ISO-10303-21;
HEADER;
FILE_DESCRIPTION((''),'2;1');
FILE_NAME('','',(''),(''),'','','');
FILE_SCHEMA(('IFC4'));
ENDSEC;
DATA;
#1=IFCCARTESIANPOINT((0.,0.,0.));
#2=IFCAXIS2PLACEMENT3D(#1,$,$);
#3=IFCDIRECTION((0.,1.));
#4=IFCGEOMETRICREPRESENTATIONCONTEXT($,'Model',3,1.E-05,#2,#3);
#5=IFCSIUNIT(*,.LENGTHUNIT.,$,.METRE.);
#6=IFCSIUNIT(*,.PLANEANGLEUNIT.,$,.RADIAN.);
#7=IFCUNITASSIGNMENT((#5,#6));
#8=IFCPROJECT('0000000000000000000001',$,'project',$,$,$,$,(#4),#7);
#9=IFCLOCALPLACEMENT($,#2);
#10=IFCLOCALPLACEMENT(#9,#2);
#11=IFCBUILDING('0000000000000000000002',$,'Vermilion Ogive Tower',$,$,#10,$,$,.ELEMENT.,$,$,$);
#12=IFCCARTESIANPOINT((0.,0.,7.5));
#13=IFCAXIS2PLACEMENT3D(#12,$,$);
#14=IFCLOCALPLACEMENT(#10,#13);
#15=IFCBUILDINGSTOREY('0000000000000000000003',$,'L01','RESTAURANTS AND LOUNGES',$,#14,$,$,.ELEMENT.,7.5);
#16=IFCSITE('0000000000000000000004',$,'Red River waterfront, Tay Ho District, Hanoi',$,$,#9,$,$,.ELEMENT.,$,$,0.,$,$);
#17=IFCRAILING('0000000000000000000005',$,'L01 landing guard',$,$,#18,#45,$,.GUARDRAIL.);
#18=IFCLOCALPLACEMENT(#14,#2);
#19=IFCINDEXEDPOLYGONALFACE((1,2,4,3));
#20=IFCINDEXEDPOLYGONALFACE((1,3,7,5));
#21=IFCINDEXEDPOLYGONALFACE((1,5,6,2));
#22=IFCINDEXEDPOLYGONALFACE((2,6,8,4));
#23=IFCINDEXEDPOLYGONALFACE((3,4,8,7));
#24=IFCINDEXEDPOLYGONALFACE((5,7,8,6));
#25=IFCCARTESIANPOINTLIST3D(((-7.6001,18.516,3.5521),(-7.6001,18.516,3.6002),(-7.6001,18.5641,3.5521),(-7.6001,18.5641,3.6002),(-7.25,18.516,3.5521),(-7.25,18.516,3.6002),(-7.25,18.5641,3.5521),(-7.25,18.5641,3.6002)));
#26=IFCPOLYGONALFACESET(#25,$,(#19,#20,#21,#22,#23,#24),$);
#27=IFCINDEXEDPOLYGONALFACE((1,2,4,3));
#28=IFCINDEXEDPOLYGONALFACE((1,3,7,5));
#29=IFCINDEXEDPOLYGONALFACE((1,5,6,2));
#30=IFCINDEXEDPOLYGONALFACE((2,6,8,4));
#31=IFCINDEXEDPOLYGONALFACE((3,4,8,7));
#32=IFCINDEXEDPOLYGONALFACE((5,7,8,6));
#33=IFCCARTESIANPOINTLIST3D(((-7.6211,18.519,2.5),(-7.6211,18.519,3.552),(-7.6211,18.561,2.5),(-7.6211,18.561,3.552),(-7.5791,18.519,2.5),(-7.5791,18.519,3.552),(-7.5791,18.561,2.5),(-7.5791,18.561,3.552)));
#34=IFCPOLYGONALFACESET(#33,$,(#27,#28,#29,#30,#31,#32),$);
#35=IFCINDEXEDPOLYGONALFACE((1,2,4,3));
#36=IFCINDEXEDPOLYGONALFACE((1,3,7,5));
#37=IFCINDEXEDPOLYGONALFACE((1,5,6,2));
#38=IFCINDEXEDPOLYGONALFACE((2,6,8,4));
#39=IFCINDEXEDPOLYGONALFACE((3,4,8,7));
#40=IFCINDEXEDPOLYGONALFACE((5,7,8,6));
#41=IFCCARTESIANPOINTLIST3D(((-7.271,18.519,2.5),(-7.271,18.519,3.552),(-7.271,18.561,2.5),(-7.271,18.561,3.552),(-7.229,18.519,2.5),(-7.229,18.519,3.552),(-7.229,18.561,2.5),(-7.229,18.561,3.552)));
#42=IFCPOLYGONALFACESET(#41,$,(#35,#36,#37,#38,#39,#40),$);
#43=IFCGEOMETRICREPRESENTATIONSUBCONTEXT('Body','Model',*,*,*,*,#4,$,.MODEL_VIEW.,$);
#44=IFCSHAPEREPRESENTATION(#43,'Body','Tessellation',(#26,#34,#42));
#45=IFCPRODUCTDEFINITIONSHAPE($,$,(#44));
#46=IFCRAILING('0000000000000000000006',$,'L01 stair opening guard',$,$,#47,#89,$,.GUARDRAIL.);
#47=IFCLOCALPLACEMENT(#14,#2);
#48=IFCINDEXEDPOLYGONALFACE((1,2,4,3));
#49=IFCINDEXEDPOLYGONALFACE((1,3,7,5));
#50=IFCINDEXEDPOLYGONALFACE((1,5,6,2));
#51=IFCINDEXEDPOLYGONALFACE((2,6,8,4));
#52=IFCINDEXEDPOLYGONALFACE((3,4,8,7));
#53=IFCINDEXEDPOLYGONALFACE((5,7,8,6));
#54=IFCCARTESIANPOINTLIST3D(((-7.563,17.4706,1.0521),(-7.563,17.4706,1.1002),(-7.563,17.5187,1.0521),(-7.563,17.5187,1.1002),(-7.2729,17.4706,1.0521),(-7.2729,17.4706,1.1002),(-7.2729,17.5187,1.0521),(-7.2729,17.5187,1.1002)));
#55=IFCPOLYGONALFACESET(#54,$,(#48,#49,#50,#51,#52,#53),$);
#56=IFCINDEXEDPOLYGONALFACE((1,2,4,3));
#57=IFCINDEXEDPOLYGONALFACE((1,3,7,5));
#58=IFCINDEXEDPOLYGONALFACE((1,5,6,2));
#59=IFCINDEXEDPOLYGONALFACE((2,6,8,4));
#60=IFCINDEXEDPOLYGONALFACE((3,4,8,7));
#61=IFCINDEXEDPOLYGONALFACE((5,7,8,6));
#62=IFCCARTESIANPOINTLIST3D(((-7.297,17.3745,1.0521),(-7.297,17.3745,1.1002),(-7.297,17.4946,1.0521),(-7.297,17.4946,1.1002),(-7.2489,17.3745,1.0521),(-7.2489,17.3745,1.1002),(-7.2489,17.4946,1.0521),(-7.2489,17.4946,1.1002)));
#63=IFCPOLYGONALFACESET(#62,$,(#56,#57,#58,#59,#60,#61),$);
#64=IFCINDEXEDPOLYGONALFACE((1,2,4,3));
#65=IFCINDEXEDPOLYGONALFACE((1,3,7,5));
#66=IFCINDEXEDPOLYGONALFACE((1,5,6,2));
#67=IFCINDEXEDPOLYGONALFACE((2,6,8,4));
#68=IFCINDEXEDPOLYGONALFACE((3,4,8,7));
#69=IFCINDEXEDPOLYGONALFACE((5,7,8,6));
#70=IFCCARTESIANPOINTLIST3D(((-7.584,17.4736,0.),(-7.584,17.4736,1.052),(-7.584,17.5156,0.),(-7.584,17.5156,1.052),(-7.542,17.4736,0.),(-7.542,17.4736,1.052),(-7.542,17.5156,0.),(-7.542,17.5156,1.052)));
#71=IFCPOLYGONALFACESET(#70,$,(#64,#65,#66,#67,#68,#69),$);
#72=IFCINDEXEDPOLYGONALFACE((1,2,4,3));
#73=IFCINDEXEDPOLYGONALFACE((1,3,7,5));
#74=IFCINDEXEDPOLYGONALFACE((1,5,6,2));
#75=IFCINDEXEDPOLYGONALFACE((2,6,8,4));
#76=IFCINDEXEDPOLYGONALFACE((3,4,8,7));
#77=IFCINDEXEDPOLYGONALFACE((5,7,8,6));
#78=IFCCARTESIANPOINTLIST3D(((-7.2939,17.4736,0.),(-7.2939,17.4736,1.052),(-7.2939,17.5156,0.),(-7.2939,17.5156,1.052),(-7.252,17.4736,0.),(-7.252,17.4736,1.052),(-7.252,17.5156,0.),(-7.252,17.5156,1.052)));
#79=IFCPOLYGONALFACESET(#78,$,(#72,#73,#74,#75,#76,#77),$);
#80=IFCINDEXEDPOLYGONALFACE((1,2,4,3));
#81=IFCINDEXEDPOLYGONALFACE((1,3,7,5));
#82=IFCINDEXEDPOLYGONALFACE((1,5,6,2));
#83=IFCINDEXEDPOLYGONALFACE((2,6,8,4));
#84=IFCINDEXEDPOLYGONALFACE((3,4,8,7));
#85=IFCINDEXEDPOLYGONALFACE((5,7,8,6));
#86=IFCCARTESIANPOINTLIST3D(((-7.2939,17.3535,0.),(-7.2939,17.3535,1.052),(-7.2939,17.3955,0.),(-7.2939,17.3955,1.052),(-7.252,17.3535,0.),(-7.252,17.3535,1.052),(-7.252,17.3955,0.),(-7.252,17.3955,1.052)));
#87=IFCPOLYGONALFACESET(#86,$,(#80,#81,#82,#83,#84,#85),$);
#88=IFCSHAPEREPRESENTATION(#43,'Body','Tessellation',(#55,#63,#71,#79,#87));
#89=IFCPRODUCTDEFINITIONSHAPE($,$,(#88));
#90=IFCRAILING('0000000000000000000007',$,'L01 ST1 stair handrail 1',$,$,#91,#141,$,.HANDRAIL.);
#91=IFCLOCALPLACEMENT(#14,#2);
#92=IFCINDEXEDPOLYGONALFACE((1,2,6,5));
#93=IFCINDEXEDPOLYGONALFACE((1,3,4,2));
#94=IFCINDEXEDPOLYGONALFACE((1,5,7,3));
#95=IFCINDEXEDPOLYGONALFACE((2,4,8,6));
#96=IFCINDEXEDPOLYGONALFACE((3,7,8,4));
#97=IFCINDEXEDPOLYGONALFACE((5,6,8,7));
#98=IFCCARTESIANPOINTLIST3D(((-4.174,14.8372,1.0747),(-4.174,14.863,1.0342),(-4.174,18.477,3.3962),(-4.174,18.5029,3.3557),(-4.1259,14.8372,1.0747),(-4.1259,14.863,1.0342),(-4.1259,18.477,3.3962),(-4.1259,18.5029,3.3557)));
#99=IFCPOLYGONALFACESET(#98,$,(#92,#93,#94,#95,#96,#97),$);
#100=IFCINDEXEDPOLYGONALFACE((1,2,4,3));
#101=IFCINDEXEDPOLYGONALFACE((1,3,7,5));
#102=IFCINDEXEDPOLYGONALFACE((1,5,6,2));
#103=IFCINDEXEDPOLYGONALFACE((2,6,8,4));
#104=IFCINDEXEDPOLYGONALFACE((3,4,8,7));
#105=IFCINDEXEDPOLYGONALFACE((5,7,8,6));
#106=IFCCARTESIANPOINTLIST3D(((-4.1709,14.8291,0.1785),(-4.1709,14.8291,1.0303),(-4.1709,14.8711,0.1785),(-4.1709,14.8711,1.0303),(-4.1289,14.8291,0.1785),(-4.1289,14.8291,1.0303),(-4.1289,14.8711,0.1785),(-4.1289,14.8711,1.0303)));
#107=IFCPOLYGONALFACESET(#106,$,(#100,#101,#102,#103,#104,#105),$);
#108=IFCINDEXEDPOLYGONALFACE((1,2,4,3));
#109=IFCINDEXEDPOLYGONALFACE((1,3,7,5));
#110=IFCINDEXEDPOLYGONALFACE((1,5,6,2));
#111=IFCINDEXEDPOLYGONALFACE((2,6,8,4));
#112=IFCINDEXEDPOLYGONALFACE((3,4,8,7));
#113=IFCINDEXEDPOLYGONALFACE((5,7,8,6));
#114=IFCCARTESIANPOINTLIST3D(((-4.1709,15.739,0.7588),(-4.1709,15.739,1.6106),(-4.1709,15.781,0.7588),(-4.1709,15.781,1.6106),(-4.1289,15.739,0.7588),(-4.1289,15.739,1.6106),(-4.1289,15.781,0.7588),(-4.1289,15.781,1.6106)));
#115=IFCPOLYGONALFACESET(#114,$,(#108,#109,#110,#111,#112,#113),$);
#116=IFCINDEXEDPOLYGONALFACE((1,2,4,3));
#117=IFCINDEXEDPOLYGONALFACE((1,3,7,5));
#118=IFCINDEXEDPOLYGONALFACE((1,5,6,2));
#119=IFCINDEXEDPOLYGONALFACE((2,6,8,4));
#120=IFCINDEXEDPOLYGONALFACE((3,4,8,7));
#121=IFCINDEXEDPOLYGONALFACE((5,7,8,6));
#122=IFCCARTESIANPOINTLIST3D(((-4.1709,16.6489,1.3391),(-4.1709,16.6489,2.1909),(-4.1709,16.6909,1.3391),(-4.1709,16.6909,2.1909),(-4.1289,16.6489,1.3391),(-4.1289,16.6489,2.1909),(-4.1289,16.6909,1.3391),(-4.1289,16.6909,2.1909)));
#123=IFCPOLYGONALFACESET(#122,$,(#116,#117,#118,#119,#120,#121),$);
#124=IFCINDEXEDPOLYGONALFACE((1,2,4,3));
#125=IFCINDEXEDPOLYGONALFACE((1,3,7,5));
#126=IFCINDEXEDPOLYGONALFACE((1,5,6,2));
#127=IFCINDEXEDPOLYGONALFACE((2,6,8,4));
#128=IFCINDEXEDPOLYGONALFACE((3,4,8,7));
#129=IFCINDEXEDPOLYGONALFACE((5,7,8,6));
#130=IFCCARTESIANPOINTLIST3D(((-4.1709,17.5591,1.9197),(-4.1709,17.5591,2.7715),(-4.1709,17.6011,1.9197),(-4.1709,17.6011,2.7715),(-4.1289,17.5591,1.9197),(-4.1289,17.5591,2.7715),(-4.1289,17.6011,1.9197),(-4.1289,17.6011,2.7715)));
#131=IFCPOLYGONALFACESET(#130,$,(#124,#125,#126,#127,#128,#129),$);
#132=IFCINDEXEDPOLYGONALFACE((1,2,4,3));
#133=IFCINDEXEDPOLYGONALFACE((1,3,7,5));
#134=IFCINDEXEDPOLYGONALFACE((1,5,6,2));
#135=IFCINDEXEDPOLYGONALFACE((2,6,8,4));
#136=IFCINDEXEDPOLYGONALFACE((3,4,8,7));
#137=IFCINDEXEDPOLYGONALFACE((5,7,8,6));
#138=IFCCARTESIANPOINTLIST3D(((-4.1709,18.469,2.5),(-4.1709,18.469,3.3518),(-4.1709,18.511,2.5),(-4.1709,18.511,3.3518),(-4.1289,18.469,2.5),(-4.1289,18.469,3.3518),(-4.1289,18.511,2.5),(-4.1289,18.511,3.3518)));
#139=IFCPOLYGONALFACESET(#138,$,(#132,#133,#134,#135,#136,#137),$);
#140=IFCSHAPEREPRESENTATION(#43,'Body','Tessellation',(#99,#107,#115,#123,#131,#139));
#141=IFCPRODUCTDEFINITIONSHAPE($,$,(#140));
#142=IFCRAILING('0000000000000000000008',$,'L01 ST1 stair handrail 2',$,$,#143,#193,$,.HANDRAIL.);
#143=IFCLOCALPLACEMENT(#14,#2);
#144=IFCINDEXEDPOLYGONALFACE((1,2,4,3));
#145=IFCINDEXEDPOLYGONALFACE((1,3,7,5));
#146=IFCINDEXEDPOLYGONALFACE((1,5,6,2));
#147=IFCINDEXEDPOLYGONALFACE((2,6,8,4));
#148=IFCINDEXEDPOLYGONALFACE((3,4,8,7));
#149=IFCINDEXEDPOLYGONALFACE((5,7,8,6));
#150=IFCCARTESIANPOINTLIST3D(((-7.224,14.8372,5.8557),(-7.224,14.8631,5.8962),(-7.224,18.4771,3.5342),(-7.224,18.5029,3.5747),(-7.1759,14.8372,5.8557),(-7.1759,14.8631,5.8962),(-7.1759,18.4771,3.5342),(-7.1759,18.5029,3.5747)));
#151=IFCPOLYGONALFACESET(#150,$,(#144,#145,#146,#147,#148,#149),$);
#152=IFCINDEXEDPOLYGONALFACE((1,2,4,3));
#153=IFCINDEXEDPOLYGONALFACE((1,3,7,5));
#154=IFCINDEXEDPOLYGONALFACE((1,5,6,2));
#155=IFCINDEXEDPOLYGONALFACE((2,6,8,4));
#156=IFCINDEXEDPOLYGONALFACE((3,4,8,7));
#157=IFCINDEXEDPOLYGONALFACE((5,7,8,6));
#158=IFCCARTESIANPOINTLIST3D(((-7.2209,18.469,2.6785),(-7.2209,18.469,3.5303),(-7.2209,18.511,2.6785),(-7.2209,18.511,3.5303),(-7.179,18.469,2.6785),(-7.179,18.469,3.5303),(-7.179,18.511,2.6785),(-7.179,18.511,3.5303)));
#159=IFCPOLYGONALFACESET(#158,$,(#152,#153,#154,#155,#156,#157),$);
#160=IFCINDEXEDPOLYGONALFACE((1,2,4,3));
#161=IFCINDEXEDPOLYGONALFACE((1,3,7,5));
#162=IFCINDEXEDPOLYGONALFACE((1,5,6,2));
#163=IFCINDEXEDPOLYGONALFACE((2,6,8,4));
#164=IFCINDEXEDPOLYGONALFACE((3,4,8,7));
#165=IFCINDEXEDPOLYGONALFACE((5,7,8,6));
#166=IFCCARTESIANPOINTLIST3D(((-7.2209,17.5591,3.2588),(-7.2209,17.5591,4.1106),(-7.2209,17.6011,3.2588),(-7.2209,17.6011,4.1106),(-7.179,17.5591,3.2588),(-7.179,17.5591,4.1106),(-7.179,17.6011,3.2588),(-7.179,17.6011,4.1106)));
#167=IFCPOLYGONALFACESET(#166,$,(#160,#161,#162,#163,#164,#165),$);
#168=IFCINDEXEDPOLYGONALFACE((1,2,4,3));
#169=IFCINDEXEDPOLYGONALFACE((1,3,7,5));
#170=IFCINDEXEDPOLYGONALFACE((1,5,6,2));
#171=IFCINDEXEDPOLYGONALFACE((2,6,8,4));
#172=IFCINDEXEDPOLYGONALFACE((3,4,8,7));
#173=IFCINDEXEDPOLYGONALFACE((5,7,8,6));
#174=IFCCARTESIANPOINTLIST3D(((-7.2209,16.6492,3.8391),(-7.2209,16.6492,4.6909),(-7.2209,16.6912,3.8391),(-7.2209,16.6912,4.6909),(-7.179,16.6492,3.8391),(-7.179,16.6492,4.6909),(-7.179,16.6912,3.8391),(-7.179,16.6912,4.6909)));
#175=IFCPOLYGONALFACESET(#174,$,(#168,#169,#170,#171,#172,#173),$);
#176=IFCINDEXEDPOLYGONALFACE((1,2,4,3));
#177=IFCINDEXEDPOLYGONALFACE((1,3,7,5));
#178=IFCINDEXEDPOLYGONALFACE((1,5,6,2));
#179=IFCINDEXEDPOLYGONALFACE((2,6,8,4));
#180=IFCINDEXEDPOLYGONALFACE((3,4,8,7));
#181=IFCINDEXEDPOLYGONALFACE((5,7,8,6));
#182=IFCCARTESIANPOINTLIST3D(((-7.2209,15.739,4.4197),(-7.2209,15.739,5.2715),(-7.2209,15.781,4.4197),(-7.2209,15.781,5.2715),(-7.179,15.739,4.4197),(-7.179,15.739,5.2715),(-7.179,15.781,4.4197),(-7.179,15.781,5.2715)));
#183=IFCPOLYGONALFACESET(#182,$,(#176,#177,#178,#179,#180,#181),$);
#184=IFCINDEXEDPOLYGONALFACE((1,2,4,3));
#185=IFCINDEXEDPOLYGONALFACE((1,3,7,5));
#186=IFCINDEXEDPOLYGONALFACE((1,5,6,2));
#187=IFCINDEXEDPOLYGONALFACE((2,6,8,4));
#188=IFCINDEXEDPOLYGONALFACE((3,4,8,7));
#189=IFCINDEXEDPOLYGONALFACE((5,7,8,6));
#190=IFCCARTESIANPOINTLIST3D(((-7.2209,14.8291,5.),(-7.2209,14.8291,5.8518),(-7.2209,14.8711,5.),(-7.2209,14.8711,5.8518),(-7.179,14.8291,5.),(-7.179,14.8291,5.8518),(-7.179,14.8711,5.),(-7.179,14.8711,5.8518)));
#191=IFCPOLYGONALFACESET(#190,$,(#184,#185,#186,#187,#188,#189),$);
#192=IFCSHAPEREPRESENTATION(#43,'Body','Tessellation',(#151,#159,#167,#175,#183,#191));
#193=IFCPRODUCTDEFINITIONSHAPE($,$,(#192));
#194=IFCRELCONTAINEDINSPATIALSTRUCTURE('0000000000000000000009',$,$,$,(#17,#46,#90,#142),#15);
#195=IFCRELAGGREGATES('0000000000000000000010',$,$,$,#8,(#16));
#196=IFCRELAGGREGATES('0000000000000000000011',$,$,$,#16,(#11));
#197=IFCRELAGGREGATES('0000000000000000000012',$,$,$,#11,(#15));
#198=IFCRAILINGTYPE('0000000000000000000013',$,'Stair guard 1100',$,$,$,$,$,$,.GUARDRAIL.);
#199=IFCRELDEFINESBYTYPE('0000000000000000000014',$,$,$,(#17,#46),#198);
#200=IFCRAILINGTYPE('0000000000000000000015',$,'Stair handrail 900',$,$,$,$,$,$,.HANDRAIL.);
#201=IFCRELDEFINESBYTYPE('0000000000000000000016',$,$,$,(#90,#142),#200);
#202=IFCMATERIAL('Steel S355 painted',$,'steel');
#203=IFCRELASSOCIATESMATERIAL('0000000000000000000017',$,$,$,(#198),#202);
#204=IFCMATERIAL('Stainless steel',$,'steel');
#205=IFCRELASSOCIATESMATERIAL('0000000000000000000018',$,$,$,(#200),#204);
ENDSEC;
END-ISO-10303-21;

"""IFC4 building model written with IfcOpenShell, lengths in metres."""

from ifc_helpers import new_model, si_unit, direction, frame, origin, origin_2d, place, context, subcontext, project, spatial, rectangle, extrude, material, type_object, element, save


model = new_model("IFC4")

# Units and contexts
model_context = context("Model", 3, precision=1e-05, world=origin(), true_north=direction((0.0, 1.0)))
body_context = subcontext(model_context, "Body", "Model", "MODEL_VIEW")
ifc_project = project(units=[si_unit("LENGTHUNIT", "METRE"), si_unit("PLANEANGLEUNIT", "RADIAN")], contexts=[model_context])

# Site, building, storey
site_placement = place(None, origin())
site = spatial("IfcSite", under=ifc_project, at=site_placement, Name="Red River waterfront, Tay Ho District, Hanoi", CompositionType="ELEMENT", RefElevation=0.0)
building_placement = place(site_placement, origin())
building = spatial("IfcBuilding", under=site, at=building_placement, Name="Vermilion Ogive Tower", CompositionType="ELEMENT")
storey_placement = place(building_placement, frame((0.0, 0.0, 7.5)))
storey = spatial("IfcBuildingStorey", under=building, at=storey_placement, Name="L01", Description="RESTAURANTS AND LOUNGES", CompositionType="ELEMENT", Elevation=7.5)

# Railings
ifc_material_1 = material(Name="Steel S355 painted", Category="steel")
railing_type_1 = type_object("IfcRailingType", Name="Stair guard 1100", PredefinedType="GUARDRAIL", material=ifc_material_1)
railing_1_placement = place(storey_placement, frame((-7.6001, 18.54, 2.5)))
element("IfcRailing", 1, at=railing_1_placement, inside=storey, type_object=railing_type_1, Name="L01 landing guard", PredefinedType="GUARDRAIL", context=body_context, shape_type="SweptSolid", body=[
    extrude(rectangle(XDim=0.0481, YDim=0.0481, at=origin_2d()), frame((0.0, 0.0, 1.0762), z_axis=(1.0, 0.0, 0.0), x_axis=(0.0, 1.0, 0.0)), (0.0, 0.0, 1.0), 0.3501),
    extrude(rectangle(XDim=0.042, YDim=0.042, at=origin_2d()), origin(), (0.0, 0.0, 1.0), 1.052),
    extrude(rectangle(XDim=0.042, YDim=0.042, at=origin_2d()), frame((0.3501, 0.0, 0.0)), (0.0, 0.0, 1.0), 1.052),
])
railing_2_placement = place(storey_placement, frame((-7.563, 17.4946, 0.0)))
element("IfcRailing", 2, at=railing_2_placement, inside=storey, type_object=railing_type_1, Name="L01 stair opening guard", PredefinedType="GUARDRAIL", context=body_context, shape_type="SweptSolid", body=[
    extrude(rectangle(XDim=0.0481, YDim=0.0481, at=origin_2d()), frame((0.0, 0.0, 1.0762), z_axis=(1.0, 0.0, 0.0), x_axis=(0.0, 1.0, 0.0)), (0.0, 0.0, 1.0), 0.29),
    extrude(rectangle(XDim=0.0481, YDim=0.0481, at=origin_2d()), frame((0.29, 0.0, 1.0762), z_axis=(0.0, -1.0, 0.0), x_axis=(1.0, 0.0, 0.0)), (0.0, 0.0, 1.0), 0.1201),
    extrude(rectangle(XDim=0.042, YDim=0.042, at=origin_2d()), origin(), (0.0, 0.0, 1.0), 1.052),
    extrude(rectangle(XDim=0.042, YDim=0.042, at=origin_2d()), frame((0.29, 0.0, 0.0)), (0.0, 0.0, 1.0), 1.052),
    extrude(rectangle(XDim=0.042, YDim=0.042, at=origin_2d()), frame((0.29, -0.1201, 0.0)), (0.0, 0.0, 1.0), 1.052),
])
ifc_material_2 = material(Name="Stainless steel", Category="steel")
railing_type_2 = type_object("IfcRailingType", Name="Stair handrail 900", PredefinedType="HANDRAIL", material=ifc_material_2)
railing_3_placement = place(storey_placement, frame((-4.1499, 14.8501, 0.1785)))
element("IfcRailing", 3, at=railing_3_placement, inside=storey, type_object=railing_type_2, Name="L01 ST1 stair handrail 1", PredefinedType="HANDRAIL", context=body_context, shape_type="SweptSolid", body=[
    extrude(rectangle(XDim=0.0481, YDim=0.0481, at=origin_2d()), frame((0.0, 0.0, 0.876), z_axis=(0.0, 0.843112, 0.537739), x_axis=(-1.0, 0.0, 0.0)), (0.0, 0.0, 1.0), 4.3171),
    extrude(rectangle(XDim=0.042, YDim=0.042, at=origin_2d()), origin(), (0.0, 0.0, 1.0), 0.8518),
    extrude(rectangle(XDim=0.042, YDim=0.042, at=origin_2d()), frame((0.0, 0.9099, 0.5803)), (0.0, 0.0, 1.0), 0.8518),
    extrude(rectangle(XDim=0.042, YDim=0.042, at=origin_2d()), frame((0.0, 1.8198, 1.1606)), (0.0, 0.0, 1.0), 0.8518),
    extrude(rectangle(XDim=0.042, YDim=0.042, at=origin_2d()), frame((0.0, 2.73, 1.7412)), (0.0, 0.0, 1.0), 0.8518),
    extrude(rectangle(XDim=0.042, YDim=0.042, at=origin_2d()), frame((0.0, 3.6399, 2.3215)), (0.0, 0.0, 1.0), 0.8518),
])
railing_4_placement = place(storey_placement, frame((-7.2, 18.49, 2.6785)))
element("IfcRailing", 4, at=railing_4_placement, inside=storey, type_object=railing_type_2, Name="L01 ST1 stair handrail 2", PredefinedType="HANDRAIL", context=body_context, shape_type="SweptSolid", body=[
    extrude(rectangle(XDim=0.0481, YDim=0.0481, at=origin_2d()), frame((0.0, 0.0, 0.876), z_axis=(0.0, -0.843112, 0.537739), x_axis=(1.0, 0.0, 0.0)), (0.0, 0.0, 1.0), 4.3171),
    extrude(rectangle(XDim=0.042, YDim=0.042, at=origin_2d()), origin(), (0.0, 0.0, 1.0), 0.8518),
    extrude(rectangle(XDim=0.042, YDim=0.042, at=origin_2d()), frame((0.0, -0.9099, 0.5803)), (0.0, 0.0, 1.0), 0.8518),
    extrude(rectangle(XDim=0.042, YDim=0.042, at=origin_2d()), frame((0.0, -1.8198, 1.1606)), (0.0, 0.0, 1.0), 0.8518),
    extrude(rectangle(XDim=0.042, YDim=0.042, at=origin_2d()), frame((0.0, -2.73, 1.7412)), (0.0, 0.0, 1.0), 0.8518),
    extrude(rectangle(XDim=0.042, YDim=0.042, at=origin_2d()), frame((0.0, -3.6399, 2.3215)), (0.0, 0.0, 1.0), 0.8518),
])

save(model, "model.ifc")
